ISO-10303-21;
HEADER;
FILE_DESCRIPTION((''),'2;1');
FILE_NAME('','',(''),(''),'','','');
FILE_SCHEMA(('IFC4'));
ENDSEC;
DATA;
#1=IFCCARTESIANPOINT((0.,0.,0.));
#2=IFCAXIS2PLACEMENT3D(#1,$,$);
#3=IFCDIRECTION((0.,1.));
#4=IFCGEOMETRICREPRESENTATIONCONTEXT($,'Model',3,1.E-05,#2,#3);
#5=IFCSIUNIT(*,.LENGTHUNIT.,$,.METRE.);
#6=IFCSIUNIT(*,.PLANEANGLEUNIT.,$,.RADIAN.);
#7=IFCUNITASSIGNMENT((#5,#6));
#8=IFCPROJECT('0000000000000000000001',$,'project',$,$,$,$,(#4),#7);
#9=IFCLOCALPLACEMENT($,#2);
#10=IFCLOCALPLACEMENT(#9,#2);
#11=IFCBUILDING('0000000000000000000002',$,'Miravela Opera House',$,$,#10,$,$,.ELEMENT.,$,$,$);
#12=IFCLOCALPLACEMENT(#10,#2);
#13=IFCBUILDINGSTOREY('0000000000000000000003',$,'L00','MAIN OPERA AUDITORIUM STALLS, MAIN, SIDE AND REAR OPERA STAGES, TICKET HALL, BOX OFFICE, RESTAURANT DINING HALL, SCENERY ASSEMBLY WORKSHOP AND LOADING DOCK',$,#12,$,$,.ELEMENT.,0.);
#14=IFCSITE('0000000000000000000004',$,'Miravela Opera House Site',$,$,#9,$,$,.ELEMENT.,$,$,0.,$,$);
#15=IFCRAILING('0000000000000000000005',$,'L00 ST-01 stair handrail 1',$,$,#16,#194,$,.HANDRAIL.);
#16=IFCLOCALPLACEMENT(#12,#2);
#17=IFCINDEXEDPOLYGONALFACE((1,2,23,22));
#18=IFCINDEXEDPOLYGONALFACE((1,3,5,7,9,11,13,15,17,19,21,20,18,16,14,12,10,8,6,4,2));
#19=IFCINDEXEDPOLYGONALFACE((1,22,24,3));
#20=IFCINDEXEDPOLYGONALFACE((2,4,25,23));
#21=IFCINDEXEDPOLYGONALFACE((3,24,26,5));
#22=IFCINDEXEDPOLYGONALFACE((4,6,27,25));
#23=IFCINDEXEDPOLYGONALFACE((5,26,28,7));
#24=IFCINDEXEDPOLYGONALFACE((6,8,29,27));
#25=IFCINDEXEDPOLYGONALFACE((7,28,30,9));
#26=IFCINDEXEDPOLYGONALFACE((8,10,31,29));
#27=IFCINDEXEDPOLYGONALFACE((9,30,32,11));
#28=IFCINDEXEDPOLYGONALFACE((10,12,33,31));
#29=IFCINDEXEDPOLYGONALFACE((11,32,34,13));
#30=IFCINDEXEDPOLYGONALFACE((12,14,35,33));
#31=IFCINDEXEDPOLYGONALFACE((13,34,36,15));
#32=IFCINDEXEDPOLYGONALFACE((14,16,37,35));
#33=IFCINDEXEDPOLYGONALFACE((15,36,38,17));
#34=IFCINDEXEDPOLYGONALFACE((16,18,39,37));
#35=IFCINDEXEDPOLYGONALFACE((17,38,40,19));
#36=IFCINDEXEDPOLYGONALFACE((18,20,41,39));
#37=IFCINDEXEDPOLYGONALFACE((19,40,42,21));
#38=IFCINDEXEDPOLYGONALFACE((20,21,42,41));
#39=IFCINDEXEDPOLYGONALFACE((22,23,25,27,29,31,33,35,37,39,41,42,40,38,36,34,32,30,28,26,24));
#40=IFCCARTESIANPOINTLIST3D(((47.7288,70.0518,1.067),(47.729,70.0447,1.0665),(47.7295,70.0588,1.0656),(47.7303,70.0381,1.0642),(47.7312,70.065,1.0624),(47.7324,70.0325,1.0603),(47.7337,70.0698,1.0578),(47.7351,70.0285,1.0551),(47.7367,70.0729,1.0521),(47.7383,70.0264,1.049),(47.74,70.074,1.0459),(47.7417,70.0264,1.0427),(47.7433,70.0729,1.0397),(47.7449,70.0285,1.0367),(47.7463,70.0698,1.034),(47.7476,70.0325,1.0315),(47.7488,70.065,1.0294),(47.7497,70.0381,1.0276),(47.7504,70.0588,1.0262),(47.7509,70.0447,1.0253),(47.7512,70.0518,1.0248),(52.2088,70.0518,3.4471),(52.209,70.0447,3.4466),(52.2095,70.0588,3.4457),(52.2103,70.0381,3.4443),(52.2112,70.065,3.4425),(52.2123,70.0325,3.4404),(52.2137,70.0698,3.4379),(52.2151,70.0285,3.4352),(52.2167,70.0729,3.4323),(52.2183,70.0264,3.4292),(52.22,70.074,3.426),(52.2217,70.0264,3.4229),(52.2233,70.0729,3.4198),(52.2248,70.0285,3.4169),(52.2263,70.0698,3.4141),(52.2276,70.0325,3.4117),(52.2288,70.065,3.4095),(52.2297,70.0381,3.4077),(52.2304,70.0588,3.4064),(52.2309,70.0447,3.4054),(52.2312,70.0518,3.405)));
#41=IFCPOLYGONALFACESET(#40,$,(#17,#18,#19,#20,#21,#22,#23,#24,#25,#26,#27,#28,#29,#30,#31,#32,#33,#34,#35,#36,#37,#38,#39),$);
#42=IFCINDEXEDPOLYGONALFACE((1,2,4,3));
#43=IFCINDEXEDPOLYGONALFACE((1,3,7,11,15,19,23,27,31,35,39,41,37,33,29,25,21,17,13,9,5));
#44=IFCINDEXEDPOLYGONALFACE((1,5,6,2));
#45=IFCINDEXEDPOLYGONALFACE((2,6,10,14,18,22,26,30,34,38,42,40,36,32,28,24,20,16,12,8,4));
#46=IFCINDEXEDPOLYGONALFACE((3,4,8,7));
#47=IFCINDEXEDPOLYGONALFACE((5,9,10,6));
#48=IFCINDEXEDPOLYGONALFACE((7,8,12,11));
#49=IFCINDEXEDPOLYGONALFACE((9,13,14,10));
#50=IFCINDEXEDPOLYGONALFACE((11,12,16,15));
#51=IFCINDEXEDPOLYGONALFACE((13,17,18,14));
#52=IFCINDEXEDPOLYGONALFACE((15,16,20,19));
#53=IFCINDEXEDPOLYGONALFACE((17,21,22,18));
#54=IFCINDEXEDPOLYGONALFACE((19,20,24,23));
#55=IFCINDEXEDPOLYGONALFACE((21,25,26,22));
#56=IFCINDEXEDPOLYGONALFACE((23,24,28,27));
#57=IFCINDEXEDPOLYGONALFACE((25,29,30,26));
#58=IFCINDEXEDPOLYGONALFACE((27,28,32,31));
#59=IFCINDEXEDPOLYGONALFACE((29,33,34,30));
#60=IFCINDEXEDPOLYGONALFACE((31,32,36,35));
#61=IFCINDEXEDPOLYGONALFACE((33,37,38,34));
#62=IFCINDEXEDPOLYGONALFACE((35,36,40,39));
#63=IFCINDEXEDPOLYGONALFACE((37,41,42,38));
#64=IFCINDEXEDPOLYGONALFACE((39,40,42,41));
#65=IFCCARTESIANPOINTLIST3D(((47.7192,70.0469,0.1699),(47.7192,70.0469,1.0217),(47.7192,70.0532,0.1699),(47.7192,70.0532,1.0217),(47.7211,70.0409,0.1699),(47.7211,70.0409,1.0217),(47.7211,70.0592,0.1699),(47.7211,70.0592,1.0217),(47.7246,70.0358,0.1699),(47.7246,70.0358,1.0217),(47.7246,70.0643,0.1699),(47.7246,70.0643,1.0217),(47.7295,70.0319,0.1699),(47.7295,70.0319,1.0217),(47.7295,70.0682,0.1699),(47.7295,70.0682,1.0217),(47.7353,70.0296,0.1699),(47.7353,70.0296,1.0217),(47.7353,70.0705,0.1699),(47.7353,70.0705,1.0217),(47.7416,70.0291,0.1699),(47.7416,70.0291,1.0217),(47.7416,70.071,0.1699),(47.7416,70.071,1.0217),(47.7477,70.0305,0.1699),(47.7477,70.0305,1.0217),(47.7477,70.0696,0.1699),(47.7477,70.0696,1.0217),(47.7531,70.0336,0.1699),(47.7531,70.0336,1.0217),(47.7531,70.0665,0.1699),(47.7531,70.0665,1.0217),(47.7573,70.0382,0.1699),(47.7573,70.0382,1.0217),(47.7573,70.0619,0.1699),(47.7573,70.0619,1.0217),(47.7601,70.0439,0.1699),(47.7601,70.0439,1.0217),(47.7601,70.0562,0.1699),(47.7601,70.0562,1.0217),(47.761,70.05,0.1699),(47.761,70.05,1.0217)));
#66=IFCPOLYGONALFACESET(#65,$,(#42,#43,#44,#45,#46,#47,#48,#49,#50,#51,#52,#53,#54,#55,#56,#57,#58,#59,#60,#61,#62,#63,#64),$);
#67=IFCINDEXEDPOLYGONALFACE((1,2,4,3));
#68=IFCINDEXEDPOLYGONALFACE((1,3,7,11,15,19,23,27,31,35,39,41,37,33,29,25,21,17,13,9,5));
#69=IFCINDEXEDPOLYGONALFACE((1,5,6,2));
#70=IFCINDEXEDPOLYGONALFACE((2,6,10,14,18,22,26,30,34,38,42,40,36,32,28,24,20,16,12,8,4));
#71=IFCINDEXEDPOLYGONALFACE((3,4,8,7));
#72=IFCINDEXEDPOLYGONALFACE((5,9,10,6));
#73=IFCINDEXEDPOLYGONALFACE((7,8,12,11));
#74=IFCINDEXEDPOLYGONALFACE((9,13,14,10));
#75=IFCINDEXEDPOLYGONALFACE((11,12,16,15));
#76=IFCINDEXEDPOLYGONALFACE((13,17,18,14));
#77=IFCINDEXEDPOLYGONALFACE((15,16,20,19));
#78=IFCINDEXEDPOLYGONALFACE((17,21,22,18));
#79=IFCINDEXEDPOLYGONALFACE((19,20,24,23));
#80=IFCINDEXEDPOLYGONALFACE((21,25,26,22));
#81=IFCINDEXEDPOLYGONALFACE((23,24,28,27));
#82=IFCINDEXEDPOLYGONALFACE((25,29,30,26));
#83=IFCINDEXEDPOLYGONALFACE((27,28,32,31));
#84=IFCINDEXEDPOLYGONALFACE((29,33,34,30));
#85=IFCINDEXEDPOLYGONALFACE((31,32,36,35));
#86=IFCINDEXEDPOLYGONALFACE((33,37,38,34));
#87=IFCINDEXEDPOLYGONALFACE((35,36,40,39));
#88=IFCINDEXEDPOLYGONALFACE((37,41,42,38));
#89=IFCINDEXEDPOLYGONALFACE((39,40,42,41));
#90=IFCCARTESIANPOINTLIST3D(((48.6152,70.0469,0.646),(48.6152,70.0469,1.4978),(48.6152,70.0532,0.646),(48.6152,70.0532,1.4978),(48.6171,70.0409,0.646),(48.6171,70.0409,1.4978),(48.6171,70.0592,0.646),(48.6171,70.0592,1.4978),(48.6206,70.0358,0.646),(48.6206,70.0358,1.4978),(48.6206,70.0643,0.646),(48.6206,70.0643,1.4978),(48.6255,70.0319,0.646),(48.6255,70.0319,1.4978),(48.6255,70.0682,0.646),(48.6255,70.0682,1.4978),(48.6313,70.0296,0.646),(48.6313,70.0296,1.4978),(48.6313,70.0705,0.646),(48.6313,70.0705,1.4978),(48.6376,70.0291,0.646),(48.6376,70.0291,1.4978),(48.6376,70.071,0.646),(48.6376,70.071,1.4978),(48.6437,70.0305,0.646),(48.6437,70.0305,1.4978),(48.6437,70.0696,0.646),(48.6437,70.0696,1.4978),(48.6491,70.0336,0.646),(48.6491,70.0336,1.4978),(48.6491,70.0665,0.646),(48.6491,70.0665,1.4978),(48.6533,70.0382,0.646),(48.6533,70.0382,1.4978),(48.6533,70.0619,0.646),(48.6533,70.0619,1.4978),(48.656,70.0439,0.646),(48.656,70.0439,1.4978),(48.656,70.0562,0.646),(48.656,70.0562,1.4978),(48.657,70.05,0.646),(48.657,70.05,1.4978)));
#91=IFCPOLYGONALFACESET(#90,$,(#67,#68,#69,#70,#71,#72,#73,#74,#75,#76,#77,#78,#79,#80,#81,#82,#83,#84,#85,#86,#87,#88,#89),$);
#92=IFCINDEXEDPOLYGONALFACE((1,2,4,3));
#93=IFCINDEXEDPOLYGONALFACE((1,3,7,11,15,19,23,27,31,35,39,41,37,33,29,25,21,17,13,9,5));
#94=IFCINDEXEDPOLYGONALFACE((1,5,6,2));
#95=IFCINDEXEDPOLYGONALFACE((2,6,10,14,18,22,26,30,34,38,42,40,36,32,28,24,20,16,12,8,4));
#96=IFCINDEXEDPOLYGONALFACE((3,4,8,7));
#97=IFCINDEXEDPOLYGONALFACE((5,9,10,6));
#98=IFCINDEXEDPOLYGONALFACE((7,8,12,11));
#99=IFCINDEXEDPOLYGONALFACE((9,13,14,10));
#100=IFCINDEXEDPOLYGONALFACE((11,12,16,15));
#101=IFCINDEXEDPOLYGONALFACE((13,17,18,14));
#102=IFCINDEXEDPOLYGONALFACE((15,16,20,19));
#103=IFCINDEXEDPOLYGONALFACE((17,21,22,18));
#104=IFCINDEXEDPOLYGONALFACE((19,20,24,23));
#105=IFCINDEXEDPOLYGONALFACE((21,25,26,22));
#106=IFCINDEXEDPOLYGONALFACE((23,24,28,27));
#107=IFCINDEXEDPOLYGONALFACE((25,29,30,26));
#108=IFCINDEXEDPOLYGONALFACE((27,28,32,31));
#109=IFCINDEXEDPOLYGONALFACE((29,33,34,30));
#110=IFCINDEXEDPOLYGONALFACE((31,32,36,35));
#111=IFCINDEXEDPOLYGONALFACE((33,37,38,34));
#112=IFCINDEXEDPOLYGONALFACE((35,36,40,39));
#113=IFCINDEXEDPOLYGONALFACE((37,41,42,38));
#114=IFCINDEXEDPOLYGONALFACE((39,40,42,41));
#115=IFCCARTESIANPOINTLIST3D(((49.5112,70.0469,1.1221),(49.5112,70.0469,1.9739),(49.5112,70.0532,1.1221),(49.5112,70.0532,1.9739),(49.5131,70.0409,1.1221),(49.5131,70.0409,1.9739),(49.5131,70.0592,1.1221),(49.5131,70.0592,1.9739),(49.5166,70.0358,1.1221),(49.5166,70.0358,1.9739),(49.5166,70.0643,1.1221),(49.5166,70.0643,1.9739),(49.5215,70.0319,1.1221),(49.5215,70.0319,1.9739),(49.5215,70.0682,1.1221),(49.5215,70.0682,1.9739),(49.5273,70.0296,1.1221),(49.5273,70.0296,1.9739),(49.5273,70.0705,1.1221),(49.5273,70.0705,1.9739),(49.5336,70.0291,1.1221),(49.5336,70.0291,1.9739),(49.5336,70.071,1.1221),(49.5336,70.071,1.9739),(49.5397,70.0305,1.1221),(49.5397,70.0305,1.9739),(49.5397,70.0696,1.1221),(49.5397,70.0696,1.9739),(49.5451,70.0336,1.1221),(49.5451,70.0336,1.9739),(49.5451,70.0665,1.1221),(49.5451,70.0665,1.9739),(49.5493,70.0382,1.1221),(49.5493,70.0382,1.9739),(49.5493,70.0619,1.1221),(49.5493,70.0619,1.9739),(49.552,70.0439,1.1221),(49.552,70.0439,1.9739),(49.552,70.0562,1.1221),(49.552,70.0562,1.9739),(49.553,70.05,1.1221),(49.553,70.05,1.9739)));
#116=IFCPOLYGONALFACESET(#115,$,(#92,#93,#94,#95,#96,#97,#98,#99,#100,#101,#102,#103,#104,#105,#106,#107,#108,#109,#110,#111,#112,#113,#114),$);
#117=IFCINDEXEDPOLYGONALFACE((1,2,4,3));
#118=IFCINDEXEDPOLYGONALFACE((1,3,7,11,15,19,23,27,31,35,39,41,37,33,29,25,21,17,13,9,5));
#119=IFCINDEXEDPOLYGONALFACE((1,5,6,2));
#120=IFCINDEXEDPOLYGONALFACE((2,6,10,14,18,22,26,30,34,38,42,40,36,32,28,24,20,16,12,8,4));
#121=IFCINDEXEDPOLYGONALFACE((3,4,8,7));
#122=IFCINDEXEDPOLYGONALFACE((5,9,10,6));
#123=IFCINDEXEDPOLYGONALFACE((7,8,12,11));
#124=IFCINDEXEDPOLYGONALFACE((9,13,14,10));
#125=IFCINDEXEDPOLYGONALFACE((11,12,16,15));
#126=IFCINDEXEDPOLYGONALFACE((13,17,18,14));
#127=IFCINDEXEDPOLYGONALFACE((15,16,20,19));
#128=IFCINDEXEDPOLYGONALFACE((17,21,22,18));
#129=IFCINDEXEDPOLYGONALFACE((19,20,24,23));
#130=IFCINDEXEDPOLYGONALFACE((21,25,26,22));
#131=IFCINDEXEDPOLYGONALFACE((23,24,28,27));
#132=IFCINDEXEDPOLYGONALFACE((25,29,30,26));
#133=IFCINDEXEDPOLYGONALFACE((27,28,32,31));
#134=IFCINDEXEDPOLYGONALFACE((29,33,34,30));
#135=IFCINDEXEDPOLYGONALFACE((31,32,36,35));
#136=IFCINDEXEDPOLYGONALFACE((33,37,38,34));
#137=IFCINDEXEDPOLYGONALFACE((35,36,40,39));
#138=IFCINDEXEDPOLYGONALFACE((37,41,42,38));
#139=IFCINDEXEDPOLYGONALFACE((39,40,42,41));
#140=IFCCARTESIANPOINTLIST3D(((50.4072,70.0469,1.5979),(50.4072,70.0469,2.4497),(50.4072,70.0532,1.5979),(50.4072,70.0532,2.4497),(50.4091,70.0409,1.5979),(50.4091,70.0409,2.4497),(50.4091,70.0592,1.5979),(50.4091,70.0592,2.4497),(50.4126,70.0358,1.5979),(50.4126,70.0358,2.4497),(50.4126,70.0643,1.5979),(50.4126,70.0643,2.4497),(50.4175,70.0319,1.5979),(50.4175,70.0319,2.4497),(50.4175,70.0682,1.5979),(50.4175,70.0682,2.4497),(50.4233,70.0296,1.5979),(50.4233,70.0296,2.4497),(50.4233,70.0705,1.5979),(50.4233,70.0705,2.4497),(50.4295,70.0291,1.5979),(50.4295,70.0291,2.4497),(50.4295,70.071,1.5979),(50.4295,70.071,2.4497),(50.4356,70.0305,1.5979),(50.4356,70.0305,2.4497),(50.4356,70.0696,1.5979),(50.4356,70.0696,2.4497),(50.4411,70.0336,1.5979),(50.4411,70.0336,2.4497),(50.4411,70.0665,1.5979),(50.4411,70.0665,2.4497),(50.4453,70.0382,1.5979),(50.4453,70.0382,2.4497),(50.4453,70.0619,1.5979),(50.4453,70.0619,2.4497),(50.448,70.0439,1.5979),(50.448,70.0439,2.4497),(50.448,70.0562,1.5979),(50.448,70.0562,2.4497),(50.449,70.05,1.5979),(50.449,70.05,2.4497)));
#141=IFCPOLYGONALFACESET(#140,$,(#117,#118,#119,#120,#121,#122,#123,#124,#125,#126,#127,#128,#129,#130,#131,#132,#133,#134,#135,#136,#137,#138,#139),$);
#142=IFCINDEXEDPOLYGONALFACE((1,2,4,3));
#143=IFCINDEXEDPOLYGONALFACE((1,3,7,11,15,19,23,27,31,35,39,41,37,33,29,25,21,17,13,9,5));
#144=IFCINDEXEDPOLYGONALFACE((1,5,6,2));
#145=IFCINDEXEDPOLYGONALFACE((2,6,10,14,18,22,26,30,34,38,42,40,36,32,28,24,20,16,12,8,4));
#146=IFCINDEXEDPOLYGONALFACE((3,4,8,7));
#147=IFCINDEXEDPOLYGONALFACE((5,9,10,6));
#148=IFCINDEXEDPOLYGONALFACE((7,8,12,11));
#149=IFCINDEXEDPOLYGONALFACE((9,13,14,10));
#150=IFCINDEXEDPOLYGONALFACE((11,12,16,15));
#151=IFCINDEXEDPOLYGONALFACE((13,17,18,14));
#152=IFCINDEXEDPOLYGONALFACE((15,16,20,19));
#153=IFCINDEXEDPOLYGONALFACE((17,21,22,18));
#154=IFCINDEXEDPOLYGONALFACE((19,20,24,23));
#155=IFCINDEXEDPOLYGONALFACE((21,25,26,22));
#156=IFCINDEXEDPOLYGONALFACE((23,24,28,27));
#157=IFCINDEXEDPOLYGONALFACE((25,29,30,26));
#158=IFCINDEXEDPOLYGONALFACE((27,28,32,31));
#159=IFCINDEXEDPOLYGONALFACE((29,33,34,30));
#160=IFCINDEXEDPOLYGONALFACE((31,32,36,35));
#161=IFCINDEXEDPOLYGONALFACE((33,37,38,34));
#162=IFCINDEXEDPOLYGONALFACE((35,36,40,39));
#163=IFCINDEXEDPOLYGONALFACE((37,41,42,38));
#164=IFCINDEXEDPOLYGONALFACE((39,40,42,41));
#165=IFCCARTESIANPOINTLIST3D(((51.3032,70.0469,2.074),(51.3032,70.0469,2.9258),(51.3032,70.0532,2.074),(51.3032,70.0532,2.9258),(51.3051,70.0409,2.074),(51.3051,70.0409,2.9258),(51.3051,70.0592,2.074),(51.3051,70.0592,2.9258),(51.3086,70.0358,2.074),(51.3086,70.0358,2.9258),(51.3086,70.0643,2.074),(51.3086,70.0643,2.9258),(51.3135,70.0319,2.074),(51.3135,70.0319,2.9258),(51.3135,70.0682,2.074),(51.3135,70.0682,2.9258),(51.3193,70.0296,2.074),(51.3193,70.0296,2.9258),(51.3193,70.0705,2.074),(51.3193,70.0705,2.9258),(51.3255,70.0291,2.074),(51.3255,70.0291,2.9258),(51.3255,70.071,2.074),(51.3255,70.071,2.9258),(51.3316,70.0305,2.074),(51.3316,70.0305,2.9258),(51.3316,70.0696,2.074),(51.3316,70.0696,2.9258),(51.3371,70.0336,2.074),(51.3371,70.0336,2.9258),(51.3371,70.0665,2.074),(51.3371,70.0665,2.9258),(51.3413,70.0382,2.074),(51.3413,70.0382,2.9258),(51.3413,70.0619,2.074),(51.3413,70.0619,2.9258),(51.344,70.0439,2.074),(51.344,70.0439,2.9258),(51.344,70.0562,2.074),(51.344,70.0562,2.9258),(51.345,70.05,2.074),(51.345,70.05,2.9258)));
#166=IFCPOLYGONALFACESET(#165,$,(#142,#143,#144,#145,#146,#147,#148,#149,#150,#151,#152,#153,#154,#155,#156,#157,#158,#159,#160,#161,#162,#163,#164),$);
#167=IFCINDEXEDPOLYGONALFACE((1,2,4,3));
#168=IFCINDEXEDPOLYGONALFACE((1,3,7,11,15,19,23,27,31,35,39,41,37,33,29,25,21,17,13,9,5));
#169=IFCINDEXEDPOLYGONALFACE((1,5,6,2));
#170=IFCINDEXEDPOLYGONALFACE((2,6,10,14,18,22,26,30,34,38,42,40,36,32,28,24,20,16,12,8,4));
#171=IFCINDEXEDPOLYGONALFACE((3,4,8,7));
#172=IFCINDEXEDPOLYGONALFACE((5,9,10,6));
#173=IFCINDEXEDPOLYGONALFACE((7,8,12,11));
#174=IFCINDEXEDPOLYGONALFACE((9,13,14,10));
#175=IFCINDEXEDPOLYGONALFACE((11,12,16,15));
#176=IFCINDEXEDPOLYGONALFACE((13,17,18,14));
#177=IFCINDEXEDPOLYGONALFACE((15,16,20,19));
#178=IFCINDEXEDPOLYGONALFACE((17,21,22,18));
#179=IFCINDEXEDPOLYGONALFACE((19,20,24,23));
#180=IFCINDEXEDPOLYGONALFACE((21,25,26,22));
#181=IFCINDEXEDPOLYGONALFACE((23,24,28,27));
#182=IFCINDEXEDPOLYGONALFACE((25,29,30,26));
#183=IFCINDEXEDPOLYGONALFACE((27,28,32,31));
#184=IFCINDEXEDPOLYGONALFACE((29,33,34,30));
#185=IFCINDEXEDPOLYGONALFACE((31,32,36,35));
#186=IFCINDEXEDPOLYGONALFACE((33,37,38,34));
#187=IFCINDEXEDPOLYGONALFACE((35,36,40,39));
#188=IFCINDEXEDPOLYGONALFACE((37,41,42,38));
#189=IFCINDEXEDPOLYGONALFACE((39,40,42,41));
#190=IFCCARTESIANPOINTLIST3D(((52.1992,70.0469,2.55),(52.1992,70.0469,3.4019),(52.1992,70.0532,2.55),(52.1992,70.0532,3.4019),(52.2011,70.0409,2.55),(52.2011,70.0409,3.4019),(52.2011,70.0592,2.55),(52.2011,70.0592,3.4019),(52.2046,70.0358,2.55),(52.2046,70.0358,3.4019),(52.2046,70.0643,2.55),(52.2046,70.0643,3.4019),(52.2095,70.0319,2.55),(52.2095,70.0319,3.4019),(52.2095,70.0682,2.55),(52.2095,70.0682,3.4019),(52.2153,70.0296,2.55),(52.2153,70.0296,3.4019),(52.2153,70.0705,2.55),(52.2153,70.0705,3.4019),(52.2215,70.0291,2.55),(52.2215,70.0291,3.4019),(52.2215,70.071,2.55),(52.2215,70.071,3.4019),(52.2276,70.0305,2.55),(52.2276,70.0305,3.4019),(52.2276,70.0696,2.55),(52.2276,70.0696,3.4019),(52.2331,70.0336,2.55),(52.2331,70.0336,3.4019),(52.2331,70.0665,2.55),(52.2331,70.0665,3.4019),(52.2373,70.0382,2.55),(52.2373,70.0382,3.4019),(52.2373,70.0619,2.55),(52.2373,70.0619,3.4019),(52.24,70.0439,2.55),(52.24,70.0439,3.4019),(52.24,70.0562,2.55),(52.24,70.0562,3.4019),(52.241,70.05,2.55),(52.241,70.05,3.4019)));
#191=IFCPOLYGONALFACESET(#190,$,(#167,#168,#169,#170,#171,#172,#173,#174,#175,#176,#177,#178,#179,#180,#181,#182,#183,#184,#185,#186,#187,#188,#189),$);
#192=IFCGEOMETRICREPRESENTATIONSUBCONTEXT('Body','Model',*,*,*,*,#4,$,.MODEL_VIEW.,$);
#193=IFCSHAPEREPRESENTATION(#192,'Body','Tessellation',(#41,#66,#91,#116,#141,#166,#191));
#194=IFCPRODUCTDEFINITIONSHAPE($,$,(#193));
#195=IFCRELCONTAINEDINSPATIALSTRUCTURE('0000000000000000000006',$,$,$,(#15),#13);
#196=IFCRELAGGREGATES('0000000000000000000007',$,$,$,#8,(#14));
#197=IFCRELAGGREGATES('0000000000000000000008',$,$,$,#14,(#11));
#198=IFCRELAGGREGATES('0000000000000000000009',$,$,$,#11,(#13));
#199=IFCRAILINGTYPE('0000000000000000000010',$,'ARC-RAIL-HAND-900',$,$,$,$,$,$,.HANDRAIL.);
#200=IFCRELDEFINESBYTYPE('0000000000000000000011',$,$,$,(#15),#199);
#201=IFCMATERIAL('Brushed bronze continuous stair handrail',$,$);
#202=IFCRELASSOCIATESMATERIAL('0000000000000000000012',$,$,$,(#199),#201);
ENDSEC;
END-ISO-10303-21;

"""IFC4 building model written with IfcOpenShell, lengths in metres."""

from ifc_helpers import new_model, si_unit, direction, frame, origin, origin_2d, place, context, subcontext, project, spatial, circle, extrude, material, type_object, element, save


model = new_model("IFC4")

# Units and contexts
model_context = context("Model", 3, precision=1e-05, world=origin(), true_north=direction((0.0, 1.0)))
body_context = subcontext(model_context, "Body", "Model", "MODEL_VIEW")
ifc_project = project(units=[si_unit("LENGTHUNIT", "METRE"), si_unit("PLANEANGLEUNIT", "RADIAN")], contexts=[model_context])

# Site, building, storey
site_placement = place(None, origin())
site = spatial("IfcSite", under=ifc_project, at=site_placement, Name="Miravela Opera House Site", CompositionType="ELEMENT", RefElevation=0.0)
building_placement = place(site_placement, origin())
building = spatial("IfcBuilding", under=site, at=building_placement, Name="Miravela Opera House", CompositionType="ELEMENT")
storey_placement = place(building_placement, origin())
storey = spatial("IfcBuildingStorey", under=building, at=storey_placement, Name="L00", Description="MAIN OPERA AUDITORIUM STALLS, MAIN, SIDE AND REAR OPERA STAGES, TICKET HALL, BOX OFFICE, RESTAURANT DINING HALL, SCENERY ASSEMBLY WORKSHOP AND LOADING DOCK", CompositionType="ELEMENT", Elevation=0.0)

# Railing
ifc_material_1 = material(Name="Brushed bronze continuous stair handrail")
railing_type_1 = type_object("IfcRailingType", Name="ARC-RAIL-HAND-900", PredefinedType="HANDRAIL", material=ifc_material_1)
railing_1_placement = place(storey_placement, frame((47.74, 70.05, 0.1699)))
element("IfcRailing", 1, at=railing_1_placement, inside=storey, type_object=railing_type_1, Name="L00 ST-01 stair handrail 1", PredefinedType="HANDRAIL", context=body_context, shape_type="SweptSolid", body=[
    extrude(circle(Radius=0.0239, at=origin_2d()), frame((0.0, 0.0, 0.876), z_axis=(0.883105, 0.0, 0.469176), x_axis=(0.0, 1.0, 0.0)), (0.0, 0.0, 1.0), 5.073),
    extrude(circle(Radius=0.021, at=origin_2d()), origin(), (0.0, 0.0, 1.0), 0.8518),
    extrude(circle(Radius=0.021, at=origin_2d()), frame((0.896, 0.0, 0.4761)), (0.0, 0.0, 1.0), 0.8518),
    extrude(circle(Radius=0.021, at=origin_2d()), frame((1.792, 0.0, 0.9521)), (0.0, 0.0, 1.0), 0.8518),
    extrude(circle(Radius=0.021, at=origin_2d()), frame((2.688, 0.0, 1.428)), (0.0, 0.0, 1.0), 0.8518),
    extrude(circle(Radius=0.021, at=origin_2d()), frame((3.584, 0.0, 1.9041)), (0.0, 0.0, 1.0), 0.8518),
    extrude(circle(Radius=0.021, at=origin_2d()), frame((4.48, 0.0, 2.3801)), (0.0, 0.0, 1.0), 0.8518),
])

save(model, "model.ifc")
